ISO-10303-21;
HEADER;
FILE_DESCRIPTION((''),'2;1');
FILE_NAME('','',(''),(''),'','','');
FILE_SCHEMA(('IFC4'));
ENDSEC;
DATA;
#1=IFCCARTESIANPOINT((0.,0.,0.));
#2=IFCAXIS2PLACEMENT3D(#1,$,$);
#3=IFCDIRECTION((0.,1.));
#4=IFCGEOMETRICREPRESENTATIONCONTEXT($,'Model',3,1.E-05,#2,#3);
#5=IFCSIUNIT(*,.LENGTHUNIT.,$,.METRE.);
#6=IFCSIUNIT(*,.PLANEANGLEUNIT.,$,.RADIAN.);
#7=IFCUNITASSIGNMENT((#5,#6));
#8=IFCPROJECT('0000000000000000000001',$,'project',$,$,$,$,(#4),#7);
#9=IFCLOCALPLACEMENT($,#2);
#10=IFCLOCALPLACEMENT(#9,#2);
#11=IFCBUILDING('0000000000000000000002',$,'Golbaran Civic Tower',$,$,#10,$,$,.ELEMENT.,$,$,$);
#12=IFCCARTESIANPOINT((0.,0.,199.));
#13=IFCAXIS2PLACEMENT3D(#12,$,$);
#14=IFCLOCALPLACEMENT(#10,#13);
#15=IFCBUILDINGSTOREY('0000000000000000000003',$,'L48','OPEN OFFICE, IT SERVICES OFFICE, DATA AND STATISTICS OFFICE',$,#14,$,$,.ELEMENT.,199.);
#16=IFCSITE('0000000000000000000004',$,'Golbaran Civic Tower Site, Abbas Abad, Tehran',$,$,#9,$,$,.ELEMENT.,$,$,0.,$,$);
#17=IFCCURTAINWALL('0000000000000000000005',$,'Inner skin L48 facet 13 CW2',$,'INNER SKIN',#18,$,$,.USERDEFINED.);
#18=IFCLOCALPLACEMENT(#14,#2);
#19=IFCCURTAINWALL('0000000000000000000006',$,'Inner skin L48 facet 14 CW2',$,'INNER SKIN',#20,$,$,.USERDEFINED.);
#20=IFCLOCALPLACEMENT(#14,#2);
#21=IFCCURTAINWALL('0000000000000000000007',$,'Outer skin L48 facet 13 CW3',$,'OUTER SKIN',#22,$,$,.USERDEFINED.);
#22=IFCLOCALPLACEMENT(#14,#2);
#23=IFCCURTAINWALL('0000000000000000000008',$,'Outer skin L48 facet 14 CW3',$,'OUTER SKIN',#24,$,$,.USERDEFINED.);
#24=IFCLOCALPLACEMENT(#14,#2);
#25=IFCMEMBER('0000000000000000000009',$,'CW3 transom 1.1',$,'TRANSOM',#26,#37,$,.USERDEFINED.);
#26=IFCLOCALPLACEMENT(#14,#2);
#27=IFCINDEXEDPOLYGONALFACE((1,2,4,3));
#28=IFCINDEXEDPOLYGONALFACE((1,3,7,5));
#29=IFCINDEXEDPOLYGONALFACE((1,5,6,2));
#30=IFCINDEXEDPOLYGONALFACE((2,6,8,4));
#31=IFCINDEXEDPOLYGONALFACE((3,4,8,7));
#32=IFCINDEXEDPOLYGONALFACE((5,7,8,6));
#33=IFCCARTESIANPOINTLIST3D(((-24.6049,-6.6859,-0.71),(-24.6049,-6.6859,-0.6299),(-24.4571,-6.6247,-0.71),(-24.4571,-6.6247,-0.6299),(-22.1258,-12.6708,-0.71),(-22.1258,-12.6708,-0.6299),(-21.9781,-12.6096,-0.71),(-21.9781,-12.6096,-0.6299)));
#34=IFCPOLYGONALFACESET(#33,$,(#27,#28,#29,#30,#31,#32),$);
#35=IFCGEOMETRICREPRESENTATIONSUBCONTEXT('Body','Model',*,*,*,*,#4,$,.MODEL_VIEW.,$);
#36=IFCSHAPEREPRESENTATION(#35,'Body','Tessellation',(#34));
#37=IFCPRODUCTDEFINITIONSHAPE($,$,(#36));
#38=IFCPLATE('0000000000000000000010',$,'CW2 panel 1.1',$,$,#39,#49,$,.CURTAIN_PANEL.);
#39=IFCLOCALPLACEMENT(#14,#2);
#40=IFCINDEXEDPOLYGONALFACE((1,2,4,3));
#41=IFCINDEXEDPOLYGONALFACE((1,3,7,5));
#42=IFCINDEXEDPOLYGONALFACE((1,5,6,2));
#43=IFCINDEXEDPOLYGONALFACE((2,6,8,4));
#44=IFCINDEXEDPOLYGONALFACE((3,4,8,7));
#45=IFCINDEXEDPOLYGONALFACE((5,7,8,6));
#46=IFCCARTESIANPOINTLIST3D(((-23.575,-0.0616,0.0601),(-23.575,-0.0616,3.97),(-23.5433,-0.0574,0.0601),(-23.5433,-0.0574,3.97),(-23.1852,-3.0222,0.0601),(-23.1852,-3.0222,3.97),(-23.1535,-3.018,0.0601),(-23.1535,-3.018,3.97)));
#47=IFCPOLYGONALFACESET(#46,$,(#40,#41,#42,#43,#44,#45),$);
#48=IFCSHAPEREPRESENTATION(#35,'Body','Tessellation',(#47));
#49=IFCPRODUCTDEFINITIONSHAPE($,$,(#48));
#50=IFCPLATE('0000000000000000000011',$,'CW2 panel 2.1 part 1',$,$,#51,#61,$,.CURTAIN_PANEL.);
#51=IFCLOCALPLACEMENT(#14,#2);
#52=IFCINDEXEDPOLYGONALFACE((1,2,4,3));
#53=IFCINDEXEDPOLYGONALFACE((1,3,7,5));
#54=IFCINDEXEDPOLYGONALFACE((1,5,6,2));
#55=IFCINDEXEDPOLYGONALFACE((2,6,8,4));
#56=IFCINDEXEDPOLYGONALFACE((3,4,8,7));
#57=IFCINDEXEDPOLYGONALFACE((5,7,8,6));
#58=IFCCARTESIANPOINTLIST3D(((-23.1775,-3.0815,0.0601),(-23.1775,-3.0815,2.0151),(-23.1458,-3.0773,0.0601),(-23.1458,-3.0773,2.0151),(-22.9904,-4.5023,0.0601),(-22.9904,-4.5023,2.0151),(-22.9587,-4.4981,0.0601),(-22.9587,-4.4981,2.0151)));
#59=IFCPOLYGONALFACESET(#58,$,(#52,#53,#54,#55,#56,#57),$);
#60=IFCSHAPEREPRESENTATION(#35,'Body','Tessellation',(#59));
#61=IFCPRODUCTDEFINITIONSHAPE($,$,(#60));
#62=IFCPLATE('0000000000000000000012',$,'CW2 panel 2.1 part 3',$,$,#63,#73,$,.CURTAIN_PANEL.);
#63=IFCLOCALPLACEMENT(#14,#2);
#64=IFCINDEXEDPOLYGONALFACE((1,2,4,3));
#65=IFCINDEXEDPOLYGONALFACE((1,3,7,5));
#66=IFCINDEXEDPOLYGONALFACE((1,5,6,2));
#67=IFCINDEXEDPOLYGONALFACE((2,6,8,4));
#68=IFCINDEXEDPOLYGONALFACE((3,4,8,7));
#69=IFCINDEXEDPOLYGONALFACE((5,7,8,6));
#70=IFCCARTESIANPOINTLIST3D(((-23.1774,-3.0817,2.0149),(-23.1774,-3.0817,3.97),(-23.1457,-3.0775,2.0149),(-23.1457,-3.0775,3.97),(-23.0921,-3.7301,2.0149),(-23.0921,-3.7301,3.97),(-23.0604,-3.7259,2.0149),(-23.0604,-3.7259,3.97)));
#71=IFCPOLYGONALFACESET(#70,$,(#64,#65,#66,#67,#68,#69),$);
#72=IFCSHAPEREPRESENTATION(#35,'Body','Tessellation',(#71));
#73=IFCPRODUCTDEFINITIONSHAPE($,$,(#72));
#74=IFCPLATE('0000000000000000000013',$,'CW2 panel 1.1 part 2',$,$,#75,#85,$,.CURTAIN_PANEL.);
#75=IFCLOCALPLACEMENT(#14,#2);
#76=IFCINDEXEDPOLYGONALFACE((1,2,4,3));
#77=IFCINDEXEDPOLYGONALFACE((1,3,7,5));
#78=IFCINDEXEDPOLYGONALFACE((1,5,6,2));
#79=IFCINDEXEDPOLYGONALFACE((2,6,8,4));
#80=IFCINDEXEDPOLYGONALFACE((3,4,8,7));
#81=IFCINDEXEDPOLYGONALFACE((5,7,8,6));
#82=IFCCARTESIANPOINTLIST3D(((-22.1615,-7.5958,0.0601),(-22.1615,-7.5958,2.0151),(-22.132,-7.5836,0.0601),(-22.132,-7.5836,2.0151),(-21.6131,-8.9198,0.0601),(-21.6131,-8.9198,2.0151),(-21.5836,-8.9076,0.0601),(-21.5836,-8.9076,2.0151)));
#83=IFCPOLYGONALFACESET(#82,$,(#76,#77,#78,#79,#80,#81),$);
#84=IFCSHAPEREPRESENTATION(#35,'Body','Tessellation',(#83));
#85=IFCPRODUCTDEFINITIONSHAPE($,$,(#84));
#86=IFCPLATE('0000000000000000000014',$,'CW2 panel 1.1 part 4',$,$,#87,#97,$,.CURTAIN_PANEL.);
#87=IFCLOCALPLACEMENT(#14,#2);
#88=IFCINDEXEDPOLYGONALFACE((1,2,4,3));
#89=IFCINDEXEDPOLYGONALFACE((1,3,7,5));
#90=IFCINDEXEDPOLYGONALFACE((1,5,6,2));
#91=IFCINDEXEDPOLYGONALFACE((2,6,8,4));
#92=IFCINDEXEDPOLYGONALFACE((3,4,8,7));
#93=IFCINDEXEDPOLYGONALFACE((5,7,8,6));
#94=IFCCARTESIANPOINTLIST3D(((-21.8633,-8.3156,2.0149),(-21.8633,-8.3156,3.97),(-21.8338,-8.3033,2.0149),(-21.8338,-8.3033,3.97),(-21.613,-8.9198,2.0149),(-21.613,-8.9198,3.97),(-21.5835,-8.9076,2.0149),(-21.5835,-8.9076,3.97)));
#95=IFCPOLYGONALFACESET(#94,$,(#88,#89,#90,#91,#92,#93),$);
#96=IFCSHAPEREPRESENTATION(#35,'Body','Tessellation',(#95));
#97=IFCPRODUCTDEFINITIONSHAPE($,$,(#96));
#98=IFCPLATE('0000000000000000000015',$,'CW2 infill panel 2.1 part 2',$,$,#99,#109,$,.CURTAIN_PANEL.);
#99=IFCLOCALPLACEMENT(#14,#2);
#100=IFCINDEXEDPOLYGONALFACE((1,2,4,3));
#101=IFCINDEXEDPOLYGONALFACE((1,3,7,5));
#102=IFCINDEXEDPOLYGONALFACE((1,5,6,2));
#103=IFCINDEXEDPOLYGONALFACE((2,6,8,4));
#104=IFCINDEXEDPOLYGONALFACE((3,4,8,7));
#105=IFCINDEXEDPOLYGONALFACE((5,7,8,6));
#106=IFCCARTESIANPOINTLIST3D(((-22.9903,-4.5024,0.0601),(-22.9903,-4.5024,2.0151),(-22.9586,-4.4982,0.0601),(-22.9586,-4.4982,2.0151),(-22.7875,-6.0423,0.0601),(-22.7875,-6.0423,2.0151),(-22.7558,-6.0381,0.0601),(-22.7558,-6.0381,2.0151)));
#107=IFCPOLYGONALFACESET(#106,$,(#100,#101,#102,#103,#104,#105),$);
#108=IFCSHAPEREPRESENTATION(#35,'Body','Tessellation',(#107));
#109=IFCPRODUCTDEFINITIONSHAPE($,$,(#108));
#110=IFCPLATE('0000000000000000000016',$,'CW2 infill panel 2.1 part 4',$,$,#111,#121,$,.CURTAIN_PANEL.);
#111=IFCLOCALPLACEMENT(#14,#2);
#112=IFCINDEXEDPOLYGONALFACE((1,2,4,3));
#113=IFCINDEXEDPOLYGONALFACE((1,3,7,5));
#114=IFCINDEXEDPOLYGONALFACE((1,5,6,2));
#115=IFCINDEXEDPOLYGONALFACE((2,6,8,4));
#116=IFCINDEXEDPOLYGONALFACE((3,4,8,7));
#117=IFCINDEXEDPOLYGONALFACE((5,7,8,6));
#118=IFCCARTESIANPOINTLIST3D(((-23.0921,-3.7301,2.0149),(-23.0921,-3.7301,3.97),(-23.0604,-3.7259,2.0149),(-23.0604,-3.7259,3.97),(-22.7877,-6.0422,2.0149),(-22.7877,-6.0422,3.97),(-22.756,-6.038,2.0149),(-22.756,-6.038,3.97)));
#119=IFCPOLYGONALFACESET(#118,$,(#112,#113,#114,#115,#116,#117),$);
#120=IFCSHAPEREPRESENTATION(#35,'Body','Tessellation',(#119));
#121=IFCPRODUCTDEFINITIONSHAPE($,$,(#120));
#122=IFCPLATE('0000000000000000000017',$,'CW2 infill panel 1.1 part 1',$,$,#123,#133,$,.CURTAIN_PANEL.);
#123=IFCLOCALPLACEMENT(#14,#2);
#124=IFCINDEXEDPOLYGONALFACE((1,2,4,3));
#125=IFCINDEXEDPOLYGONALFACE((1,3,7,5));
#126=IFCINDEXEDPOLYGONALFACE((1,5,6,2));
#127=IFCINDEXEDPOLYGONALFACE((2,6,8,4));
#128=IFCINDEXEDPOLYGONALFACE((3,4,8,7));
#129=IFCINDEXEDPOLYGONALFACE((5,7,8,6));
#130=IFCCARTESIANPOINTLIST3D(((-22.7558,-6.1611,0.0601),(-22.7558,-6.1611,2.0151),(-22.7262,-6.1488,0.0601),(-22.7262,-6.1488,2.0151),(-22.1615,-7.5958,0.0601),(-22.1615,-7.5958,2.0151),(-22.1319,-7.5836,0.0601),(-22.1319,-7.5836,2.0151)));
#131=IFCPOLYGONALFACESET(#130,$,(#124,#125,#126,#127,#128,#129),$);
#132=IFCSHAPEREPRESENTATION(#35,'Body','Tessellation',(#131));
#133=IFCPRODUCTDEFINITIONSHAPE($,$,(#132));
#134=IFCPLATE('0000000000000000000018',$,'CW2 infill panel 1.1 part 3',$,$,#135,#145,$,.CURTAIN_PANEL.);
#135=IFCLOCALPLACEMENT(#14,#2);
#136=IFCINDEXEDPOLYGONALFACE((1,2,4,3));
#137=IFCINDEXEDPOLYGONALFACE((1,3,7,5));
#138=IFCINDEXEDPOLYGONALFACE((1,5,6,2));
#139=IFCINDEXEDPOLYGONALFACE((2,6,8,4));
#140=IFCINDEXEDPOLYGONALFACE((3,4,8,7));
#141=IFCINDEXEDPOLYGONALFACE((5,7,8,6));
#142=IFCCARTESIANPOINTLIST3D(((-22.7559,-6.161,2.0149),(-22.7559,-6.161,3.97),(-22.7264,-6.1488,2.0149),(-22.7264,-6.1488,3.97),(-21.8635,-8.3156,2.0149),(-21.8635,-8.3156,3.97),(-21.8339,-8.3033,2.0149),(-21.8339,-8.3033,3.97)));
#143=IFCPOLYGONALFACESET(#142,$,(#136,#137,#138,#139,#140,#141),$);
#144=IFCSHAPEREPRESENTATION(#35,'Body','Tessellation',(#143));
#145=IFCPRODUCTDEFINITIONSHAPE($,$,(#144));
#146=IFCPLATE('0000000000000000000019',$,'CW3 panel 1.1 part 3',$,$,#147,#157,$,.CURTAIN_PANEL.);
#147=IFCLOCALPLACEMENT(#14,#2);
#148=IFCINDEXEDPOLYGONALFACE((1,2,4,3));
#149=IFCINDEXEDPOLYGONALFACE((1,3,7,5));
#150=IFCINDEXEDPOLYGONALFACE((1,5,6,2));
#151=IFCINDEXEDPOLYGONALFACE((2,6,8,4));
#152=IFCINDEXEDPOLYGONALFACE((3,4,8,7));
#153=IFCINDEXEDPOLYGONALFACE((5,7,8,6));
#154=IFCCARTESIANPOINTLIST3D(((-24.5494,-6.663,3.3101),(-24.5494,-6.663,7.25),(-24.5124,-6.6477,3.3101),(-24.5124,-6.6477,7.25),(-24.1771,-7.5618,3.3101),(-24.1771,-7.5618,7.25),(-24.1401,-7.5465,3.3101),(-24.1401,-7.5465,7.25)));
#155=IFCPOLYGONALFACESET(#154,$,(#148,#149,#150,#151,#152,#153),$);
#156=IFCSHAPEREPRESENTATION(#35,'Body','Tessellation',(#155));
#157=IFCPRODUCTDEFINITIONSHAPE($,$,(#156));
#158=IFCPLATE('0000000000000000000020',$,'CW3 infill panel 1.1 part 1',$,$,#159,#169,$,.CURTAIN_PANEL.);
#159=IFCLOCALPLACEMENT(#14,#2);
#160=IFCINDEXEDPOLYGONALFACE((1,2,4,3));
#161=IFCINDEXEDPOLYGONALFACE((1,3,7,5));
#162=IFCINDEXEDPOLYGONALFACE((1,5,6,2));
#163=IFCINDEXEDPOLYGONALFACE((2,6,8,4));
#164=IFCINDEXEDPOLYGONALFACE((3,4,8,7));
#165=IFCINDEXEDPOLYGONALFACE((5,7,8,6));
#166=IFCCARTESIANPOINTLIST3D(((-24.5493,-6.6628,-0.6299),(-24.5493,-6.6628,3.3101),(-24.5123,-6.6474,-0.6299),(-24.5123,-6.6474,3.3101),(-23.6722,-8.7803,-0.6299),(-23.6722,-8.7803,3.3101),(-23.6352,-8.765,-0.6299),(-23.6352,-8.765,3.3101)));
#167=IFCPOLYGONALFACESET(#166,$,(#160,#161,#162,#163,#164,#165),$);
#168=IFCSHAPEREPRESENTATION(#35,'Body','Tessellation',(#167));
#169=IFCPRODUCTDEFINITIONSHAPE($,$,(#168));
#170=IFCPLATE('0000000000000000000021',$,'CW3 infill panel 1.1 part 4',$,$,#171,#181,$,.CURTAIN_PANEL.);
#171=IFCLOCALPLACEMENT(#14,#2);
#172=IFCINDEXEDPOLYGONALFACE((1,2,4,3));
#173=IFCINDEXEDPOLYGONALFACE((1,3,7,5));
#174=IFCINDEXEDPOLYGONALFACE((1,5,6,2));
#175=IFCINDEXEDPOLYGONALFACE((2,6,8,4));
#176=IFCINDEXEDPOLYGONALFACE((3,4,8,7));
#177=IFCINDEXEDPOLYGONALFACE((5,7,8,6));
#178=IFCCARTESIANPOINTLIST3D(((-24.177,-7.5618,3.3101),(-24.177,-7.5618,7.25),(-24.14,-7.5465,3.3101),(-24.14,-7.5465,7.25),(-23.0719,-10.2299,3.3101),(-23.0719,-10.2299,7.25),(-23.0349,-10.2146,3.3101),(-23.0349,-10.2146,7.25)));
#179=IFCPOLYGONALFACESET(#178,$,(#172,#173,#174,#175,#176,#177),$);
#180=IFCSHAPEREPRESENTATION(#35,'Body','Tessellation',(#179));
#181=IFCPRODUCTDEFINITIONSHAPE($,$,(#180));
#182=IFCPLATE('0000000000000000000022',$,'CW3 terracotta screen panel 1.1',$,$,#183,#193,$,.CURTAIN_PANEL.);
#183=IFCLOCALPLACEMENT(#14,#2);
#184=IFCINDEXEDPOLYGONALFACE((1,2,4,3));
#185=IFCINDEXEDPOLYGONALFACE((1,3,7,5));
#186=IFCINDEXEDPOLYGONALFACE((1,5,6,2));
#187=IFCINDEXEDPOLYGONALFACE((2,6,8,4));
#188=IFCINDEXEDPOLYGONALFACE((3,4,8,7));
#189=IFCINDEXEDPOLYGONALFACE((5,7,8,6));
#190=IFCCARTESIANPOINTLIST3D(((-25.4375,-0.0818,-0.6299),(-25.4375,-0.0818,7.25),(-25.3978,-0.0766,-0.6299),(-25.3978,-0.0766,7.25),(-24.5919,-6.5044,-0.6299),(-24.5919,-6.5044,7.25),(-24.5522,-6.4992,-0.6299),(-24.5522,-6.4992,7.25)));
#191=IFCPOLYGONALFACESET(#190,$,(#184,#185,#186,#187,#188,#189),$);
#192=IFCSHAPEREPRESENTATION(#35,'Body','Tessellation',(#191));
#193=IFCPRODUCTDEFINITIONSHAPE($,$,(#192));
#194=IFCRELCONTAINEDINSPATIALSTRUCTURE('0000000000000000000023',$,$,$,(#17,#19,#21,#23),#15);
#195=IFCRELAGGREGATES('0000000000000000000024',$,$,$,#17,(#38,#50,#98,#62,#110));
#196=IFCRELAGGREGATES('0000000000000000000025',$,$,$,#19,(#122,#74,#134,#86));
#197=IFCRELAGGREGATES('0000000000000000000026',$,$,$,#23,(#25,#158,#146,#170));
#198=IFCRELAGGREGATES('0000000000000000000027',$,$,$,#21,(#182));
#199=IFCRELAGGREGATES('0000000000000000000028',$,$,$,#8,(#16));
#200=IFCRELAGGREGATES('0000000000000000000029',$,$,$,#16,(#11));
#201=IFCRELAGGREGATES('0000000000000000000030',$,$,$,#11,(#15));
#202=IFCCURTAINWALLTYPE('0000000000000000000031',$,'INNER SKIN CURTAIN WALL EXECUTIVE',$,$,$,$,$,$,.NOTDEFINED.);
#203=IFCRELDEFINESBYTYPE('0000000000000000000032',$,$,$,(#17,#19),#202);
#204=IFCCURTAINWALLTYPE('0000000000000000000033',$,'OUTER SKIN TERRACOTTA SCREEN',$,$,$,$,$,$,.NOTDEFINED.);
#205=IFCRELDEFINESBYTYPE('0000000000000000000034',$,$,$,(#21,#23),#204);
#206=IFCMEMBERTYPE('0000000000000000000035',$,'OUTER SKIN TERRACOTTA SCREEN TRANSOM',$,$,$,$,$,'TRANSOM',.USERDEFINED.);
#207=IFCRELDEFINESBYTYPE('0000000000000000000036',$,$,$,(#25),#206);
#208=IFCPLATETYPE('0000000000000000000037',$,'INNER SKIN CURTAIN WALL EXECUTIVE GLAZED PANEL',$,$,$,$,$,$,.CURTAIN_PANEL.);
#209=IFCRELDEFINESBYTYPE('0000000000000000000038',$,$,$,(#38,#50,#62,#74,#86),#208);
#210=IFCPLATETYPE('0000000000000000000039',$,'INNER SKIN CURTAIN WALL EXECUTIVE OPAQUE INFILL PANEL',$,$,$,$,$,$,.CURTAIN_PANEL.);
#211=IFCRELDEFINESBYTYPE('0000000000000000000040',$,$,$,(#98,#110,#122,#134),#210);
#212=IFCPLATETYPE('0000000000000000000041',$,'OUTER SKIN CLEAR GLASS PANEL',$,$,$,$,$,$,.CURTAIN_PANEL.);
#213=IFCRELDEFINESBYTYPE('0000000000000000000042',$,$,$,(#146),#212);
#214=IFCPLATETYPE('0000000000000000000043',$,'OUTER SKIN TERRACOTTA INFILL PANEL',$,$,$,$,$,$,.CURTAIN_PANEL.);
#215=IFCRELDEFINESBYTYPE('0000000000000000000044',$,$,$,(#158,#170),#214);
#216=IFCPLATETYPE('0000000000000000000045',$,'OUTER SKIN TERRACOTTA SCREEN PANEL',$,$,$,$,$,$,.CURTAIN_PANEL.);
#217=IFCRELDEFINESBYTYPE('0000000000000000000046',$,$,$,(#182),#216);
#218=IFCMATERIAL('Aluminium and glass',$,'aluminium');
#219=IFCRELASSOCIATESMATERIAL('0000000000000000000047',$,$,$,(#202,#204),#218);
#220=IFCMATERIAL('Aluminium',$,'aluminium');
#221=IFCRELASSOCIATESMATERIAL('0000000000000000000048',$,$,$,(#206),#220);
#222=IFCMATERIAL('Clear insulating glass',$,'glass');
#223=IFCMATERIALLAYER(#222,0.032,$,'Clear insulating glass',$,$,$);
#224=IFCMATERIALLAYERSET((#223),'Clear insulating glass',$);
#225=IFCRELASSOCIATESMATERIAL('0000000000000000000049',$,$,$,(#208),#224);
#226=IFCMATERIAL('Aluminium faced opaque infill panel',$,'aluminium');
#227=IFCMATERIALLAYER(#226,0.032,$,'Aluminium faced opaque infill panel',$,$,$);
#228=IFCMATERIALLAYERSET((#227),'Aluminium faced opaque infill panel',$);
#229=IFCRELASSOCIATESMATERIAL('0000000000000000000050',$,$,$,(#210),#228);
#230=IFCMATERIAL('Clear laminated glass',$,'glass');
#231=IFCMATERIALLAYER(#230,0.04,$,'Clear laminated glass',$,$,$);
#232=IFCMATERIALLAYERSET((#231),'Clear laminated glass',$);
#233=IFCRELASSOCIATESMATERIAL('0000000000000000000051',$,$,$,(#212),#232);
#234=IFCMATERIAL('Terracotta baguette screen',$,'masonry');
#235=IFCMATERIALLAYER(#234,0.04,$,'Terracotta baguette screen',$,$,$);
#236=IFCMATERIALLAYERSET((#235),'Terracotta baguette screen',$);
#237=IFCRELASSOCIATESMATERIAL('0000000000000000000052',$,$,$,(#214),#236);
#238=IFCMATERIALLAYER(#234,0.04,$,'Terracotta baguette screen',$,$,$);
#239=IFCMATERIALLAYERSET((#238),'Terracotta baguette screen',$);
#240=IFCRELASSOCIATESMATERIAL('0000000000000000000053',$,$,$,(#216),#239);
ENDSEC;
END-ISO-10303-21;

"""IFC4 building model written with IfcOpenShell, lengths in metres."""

from ifc_helpers import new_model, si_unit, direction, frame, origin, origin_2d, place, context, subcontext, project, spatial, rectangle, extrude, material, layer, layer_set, material_profile, profile_set, type_object, element, aggregate, save


model = new_model("IFC4")

# Units and contexts
model_context = context("Model", 3, precision=1e-05, world=origin(), true_north=direction((0.0, 1.0)))
body_context = subcontext(model_context, "Body", "Model", "MODEL_VIEW")
ifc_project = project(units=[si_unit("LENGTHUNIT", "METRE"), si_unit("PLANEANGLEUNIT", "RADIAN")], contexts=[model_context])

# Site, building, storey
site_placement = place(None, origin())
site = spatial("IfcSite", under=ifc_project, at=site_placement, Name="Golbaran Civic Tower Site, Abbas Abad, Tehran", CompositionType="ELEMENT", RefElevation=0.0)
building_placement = place(site_placement, origin())
building = spatial("IfcBuilding", under=site, at=building_placement, Name="Golbaran Civic Tower", CompositionType="ELEMENT")
storey_placement = place(building_placement, frame((0.0, 0.0, 199.0)))
storey = spatial("IfcBuildingStorey", under=building, at=storey_placement, Name="L48", Description="OPEN OFFICE, IT SERVICES OFFICE, DATA AND STATISTICS OFFICE", CompositionType="ELEMENT", Elevation=199.0)

# Curtain walls
ifc_material_1 = material(Name="Aluminium and glass", Category="aluminium")
curtain_wall_type_1 = type_object("IfcCurtainWallType", Name="INNER SKIN CURTAIN WALL EXECUTIVE", PredefinedType="NOTDEFINED", material=ifc_material_1)
curtain_wall_1_placement = place(storey_placement, origin())
curtain_wall_1 = element("IfcCurtainWall", 1, at=curtain_wall_1_placement, inside=storey, type_object=curtain_wall_type_1, Name="Inner skin L48 facet 13 CW2", ObjectType="INNER SKIN", PredefinedType="USERDEFINED")
ifc_material_2 = material(Name="Aluminium", Category="aluminium")
curtain_wall_2_placement = place(storey_placement, origin())
curtain_wall_2 = element("IfcCurtainWall", 2, at=curtain_wall_2_placement, inside=storey, type_object=curtain_wall_type_1, Name="Inner skin L48 facet 14 CW2", ObjectType="INNER SKIN", PredefinedType="USERDEFINED")

# Curtain wall
curtain_wall_type_2 = type_object("IfcCurtainWallType", Name="OUTER SKIN TERRACOTTA SCREEN", PredefinedType="NOTDEFINED", material=ifc_material_1)
curtain_wall_3_placement = place(storey_placement, origin())
curtain_wall_3 = element("IfcCurtainWall", 3, at=curtain_wall_3_placement, inside=storey, type_object=curtain_wall_type_2, Name="Outer skin L48 facet 13 CW3", ObjectType="OUTER SKIN", PredefinedType="USERDEFINED")

# Curtain wall
curtain_wall_4_placement = place(storey_placement, origin())
curtain_wall_4 = element("IfcCurtainWall", 4, at=curtain_wall_4_placement, inside=storey, type_object=curtain_wall_type_2, Name="Outer skin L48 facet 14 CW3", ObjectType="OUTER SKIN", PredefinedType="USERDEFINED")

# Member
ifc_material_profile_1 = material_profile(ifc_material_2, rectangle(XDim=0.1599, YDim=0.0801, at=origin_2d()), Name="OUTER SKIN TERRACOTTA SCREEN TRANSOM")
ifc_profile_set_1 = profile_set([ifc_material_profile_1], Name="Aluminium")
member_type_1 = type_object("IfcMemberType", Name="OUTER SKIN TERRACOTTA SCREEN TRANSOM", ElementType="TRANSOM", PredefinedType="USERDEFINED", material=ifc_profile_set_1)
member_1_placement = place(storey_placement, frame((-24.531, -6.6553, -0.6699), z_axis=(0.382682, -0.92388, 0.0), x_axis=(0.92388, 0.382682, 0.0)))
member_1 = element("IfcMember", 5, at=member_1_placement, type_object=member_type_1, Name="CW3 transom 1.1", ObjectType="TRANSOM", PredefinedType="USERDEFINED", context=body_context, shape_type="SweptSolid", body=[
    extrude(rectangle(XDim=0.1599, YDim=0.0801, at=origin_2d()), origin(), (0.0, 0.0, 1.0), 6.478),
])

# Plates
ifc_material_3 = material(Name="Clear insulating glass", Category="glass")
ifc_layer_1 = layer(ifc_material_3, 0.032, Name="Clear insulating glass")
ifc_layer_set_1 = layer_set([ifc_layer_1], Name="Clear insulating glass")
plate_type_1 = type_object("IfcPlateType", Name="INNER SKIN CURTAIN WALL EXECUTIVE GLAZED PANEL", PredefinedType="CURTAIN_PANEL", material=ifc_layer_set_1)
plate_1_placement = place(storey_placement, frame((-23.3643, -1.5398, 0.0601), z_axis=(0.0, 0.0, 1.0), x_axis=(0.130526, -0.991445, 0.0)))
plate_1 = element("IfcPlate", 6, at=plate_1_placement, type_object=plate_type_1, Name="CW2 panel 1.1", PredefinedType="CURTAIN_PANEL", context=body_context, shape_type="SweptSolid", body=[
    extrude(rectangle(XDim=2.9861, YDim=0.032, at=origin_2d()), origin(), (0.0, 0.0, 1.0), 3.9099),
])
plate_2_placement = place(storey_placement, frame((-23.0681, -3.7898, 0.0601), z_axis=(0.0, 0.0, 1.0), x_axis=(0.130526, -0.991445, 0.0)))
plate_2 = element("IfcPlate", 7, at=plate_2_placement, type_object=plate_type_1, Name="CW2 panel 2.1 part 1", PredefinedType="CURTAIN_PANEL", context=body_context, shape_type="SweptSolid", body=[
    extrude(rectangle(XDim=1.4331, YDim=0.032, at=origin_2d()), origin(), (0.0, 0.0, 1.0), 1.9551),
])
plate_3_placement = place(storey_placement, frame((-23.1189, -3.4038, 2.0149), z_axis=(0.0, 0.0, 1.0), x_axis=(0.130526, -0.991445, 0.0)))
plate_3 = element("IfcPlate", 8, at=plate_3_placement, type_object=plate_type_1, Name="CW2 panel 2.1 part 3", PredefinedType="CURTAIN_PANEL", context=body_context, shape_type="SweptSolid", body=[
    extrude(rectangle(XDim=0.6541, YDim=0.032, at=origin_2d()), origin(), (0.0, 0.0, 1.0), 1.9551),
])
plate_4_placement = place(storey_placement, frame((-21.8726, -8.2517, 0.0601), z_axis=(0.0, 0.0, 1.0), x_axis=(0.382683, -0.92388, 0.0)))
plate_4 = element("IfcPlate", 9, at=plate_4_placement, type_object=plate_type_1, Name="CW2 panel 1.1 part 2", PredefinedType="CURTAIN_PANEL", context=body_context, shape_type="SweptSolid", body=[
    extrude(rectangle(XDim=1.4331, YDim=0.032, at=origin_2d()), origin(), (0.0, 0.0, 1.0), 1.9551),
])
plate_5_placement = place(storey_placement, frame((-21.7234, -8.6116, 2.0149), z_axis=(0.0, 0.0, 1.0), x_axis=(0.382683, -0.92388, 0.0)))
plate_5 = element("IfcPlate", 10, at=plate_5_placement, type_object=plate_type_1, Name="CW2 panel 1.1 part 4", PredefinedType="CURTAIN_PANEL", context=body_context, shape_type="SweptSolid", body=[
    extrude(rectangle(XDim=0.6541, YDim=0.032, at=origin_2d()), origin(), (0.0, 0.0, 1.0), 1.9551),
])
ifc_material_4 = material(Name="Aluminium faced opaque infill panel", Category="aluminium")
ifc_layer_2 = layer(ifc_material_4, 0.032, Name="Aluminium faced opaque infill panel")
ifc_layer_set_2 = layer_set([ifc_layer_2], Name="Aluminium faced opaque infill panel")
plate_type_2 = type_object("IfcPlateType", Name="INNER SKIN CURTAIN WALL EXECUTIVE OPAQUE INFILL PANEL", PredefinedType="CURTAIN_PANEL", material=ifc_layer_set_2)
plate_6_placement = place(storey_placement, frame((-22.873, -5.2703, 0.0601), z_axis=(0.0, 0.0, 1.0), x_axis=(0.130526, -0.991445, 0.0)))
plate_6 = element("IfcPlate", 11, at=plate_6_placement, type_object=plate_type_2, Name="CW2 infill panel 2.1 part 2", PredefinedType="CURTAIN_PANEL", context=body_context, shape_type="SweptSolid", body=[
    extrude(rectangle(XDim=1.5532, YDim=0.032, at=origin_2d()), origin(), (0.0, 0.0, 1.0), 1.9551),
])
plate_7_placement = place(storey_placement, frame((-22.9241, -4.884, 2.0149), z_axis=(0.0, 0.0, 1.0), x_axis=(0.130526, -0.991445, 0.0)))
plate_7 = element("IfcPlate", 12, at=plate_7_placement, type_object=plate_type_2, Name="CW2 infill panel 2.1 part 4", PredefinedType="CURTAIN_PANEL", context=body_context, shape_type="SweptSolid", body=[
    extrude(rectangle(XDim=2.332, YDim=0.032, at=origin_2d()), origin(), (0.0, 0.0, 1.0), 1.9551),
])
aggregate(curtain_wall_1, [plate_1, plate_2, plate_6, plate_3, plate_7])
plate_8_placement = place(storey_placement, frame((-22.4438, -6.8723, 0.0601), z_axis=(0.0, 0.0, 1.0), x_axis=(0.382683, -0.92388, 0.0)))
plate_8 = element("IfcPlate", 13, at=plate_8_placement, type_object=plate_type_2, Name="CW2 infill panel 1.1 part 1", PredefinedType="CURTAIN_PANEL", context=body_context, shape_type="SweptSolid", body=[
    extrude(rectangle(XDim=1.553, YDim=0.032, at=origin_2d()), origin(), (0.0, 0.0, 1.0), 1.9551),
])
plate_9_placement = place(storey_placement, frame((-22.2949, -7.2322, 2.0149), z_axis=(0.0, 0.0, 1.0), x_axis=(0.382683, -0.92388, 0.0)))
plate_9 = element("IfcPlate", 14, at=plate_9_placement, type_object=plate_type_2, Name="CW2 infill panel 1.1 part 3", PredefinedType="CURTAIN_PANEL", context=body_context, shape_type="SweptSolid", body=[
    extrude(rectangle(XDim=2.332, YDim=0.032, at=origin_2d()), origin(), (0.0, 0.0, 1.0), 1.9551),
])
aggregate(curtain_wall_2, [plate_8, plate_4, plate_9, plate_5])
ifc_material_5 = material(Name="Clear laminated glass", Category="glass")
ifc_layer_3 = layer(ifc_material_5, 0.04, Name="Clear laminated glass")
ifc_layer_set_3 = layer_set([ifc_layer_3], Name="Clear laminated glass")
plate_type_3 = type_object("IfcPlateType", Name="OUTER SKIN CLEAR GLASS PANEL", PredefinedType="CURTAIN_PANEL", material=ifc_layer_set_3)
plate_10_placement = place(storey_placement, frame((-24.3447, -7.1047, 3.3101), z_axis=(0.0, 0.0, 1.0), x_axis=(0.382683, -0.92388, 0.0)))
plate_10 = element("IfcPlate", 15, at=plate_10_placement, type_object=plate_type_3, Name="CW3 panel 1.1 part 3", PredefinedType="CURTAIN_PANEL", context=body_context, shape_type="SweptSolid", body=[
    extrude(rectangle(XDim=0.9729, YDim=0.04, at=origin_2d()), origin(), (0.0, 0.0, 1.0), 3.9399),
])
ifc_material_6 = material(Name="Terracotta baguette screen", Category="masonry")
ifc_layer_4 = layer(ifc_material_6, 0.04, Name="Terracotta baguette screen")
ifc_layer_set_4 = layer_set([ifc_layer_4], Name="Terracotta baguette screen")
plate_type_4 = type_object("IfcPlateType", Name="OUTER SKIN TERRACOTTA INFILL PANEL", PredefinedType="CURTAIN_PANEL", material=ifc_layer_set_4)
plate_11_placement = place(storey_placement, frame((-24.0923, -7.7139, -0.6299), z_axis=(0.0, 0.0, 1.0), x_axis=(0.382683, -0.92388, 0.0)))
plate_11 = element("IfcPlate", 16, at=plate_11_placement, type_object=plate_type_4, Name="CW3 infill panel 1.1 part 1", PredefinedType="CURTAIN_PANEL", context=body_context, shape_type="SweptSolid", body=[
    extrude(rectangle(XDim=2.292, YDim=0.04, at=origin_2d()), origin(), (0.0, 0.0, 1.0), 3.9399),
])
plate_12_placement = place(storey_placement, frame((-23.606, -8.8882, 3.3101), z_axis=(0.0, 0.0, 1.0), x_axis=(0.382683, -0.92388, 0.0)))
plate_12 = element("IfcPlate", 17, at=plate_12_placement, type_object=plate_type_4, Name="CW3 infill panel 1.1 part 4", PredefinedType="CURTAIN_PANEL", context=body_context, shape_type="SweptSolid", body=[
    extrude(rectangle(XDim=2.8879, YDim=0.04, at=origin_2d()), origin(), (0.0, 0.0, 1.0), 3.9399),
])
aggregate(curtain_wall_4, [member_1, plate_11, plate_10, plate_12])
ifc_layer_5 = layer(ifc_material_6, 0.04, Name="Terracotta baguette screen")
ifc_layer_set_5 = layer_set([ifc_layer_5], Name="Terracotta baguette screen")
plate_type_5 = type_object("IfcPlateType", Name="OUTER SKIN TERRACOTTA SCREEN PANEL", PredefinedType="CURTAIN_PANEL", material=ifc_layer_set_5)
plate_13_placement = place(storey_placement, frame((-24.9949, -3.2905, -0.6299), z_axis=(0.0, 0.0, 1.0), x_axis=(0.130526, -0.991445, 0.0)))
plate_13 = element("IfcPlate", 18, at=plate_13_placement, type_object=plate_type_5, Name="CW3 terracotta screen panel 1.1", PredefinedType="CURTAIN_PANEL", context=body_context, shape_type="SweptSolid", body=[
    extrude(rectangle(XDim=6.478, YDim=0.04, at=origin_2d()), origin(), (0.0, 0.0, 1.0), 7.8799),
])
aggregate(curtain_wall_3, [plate_13])

save(model, "model.ifc")
